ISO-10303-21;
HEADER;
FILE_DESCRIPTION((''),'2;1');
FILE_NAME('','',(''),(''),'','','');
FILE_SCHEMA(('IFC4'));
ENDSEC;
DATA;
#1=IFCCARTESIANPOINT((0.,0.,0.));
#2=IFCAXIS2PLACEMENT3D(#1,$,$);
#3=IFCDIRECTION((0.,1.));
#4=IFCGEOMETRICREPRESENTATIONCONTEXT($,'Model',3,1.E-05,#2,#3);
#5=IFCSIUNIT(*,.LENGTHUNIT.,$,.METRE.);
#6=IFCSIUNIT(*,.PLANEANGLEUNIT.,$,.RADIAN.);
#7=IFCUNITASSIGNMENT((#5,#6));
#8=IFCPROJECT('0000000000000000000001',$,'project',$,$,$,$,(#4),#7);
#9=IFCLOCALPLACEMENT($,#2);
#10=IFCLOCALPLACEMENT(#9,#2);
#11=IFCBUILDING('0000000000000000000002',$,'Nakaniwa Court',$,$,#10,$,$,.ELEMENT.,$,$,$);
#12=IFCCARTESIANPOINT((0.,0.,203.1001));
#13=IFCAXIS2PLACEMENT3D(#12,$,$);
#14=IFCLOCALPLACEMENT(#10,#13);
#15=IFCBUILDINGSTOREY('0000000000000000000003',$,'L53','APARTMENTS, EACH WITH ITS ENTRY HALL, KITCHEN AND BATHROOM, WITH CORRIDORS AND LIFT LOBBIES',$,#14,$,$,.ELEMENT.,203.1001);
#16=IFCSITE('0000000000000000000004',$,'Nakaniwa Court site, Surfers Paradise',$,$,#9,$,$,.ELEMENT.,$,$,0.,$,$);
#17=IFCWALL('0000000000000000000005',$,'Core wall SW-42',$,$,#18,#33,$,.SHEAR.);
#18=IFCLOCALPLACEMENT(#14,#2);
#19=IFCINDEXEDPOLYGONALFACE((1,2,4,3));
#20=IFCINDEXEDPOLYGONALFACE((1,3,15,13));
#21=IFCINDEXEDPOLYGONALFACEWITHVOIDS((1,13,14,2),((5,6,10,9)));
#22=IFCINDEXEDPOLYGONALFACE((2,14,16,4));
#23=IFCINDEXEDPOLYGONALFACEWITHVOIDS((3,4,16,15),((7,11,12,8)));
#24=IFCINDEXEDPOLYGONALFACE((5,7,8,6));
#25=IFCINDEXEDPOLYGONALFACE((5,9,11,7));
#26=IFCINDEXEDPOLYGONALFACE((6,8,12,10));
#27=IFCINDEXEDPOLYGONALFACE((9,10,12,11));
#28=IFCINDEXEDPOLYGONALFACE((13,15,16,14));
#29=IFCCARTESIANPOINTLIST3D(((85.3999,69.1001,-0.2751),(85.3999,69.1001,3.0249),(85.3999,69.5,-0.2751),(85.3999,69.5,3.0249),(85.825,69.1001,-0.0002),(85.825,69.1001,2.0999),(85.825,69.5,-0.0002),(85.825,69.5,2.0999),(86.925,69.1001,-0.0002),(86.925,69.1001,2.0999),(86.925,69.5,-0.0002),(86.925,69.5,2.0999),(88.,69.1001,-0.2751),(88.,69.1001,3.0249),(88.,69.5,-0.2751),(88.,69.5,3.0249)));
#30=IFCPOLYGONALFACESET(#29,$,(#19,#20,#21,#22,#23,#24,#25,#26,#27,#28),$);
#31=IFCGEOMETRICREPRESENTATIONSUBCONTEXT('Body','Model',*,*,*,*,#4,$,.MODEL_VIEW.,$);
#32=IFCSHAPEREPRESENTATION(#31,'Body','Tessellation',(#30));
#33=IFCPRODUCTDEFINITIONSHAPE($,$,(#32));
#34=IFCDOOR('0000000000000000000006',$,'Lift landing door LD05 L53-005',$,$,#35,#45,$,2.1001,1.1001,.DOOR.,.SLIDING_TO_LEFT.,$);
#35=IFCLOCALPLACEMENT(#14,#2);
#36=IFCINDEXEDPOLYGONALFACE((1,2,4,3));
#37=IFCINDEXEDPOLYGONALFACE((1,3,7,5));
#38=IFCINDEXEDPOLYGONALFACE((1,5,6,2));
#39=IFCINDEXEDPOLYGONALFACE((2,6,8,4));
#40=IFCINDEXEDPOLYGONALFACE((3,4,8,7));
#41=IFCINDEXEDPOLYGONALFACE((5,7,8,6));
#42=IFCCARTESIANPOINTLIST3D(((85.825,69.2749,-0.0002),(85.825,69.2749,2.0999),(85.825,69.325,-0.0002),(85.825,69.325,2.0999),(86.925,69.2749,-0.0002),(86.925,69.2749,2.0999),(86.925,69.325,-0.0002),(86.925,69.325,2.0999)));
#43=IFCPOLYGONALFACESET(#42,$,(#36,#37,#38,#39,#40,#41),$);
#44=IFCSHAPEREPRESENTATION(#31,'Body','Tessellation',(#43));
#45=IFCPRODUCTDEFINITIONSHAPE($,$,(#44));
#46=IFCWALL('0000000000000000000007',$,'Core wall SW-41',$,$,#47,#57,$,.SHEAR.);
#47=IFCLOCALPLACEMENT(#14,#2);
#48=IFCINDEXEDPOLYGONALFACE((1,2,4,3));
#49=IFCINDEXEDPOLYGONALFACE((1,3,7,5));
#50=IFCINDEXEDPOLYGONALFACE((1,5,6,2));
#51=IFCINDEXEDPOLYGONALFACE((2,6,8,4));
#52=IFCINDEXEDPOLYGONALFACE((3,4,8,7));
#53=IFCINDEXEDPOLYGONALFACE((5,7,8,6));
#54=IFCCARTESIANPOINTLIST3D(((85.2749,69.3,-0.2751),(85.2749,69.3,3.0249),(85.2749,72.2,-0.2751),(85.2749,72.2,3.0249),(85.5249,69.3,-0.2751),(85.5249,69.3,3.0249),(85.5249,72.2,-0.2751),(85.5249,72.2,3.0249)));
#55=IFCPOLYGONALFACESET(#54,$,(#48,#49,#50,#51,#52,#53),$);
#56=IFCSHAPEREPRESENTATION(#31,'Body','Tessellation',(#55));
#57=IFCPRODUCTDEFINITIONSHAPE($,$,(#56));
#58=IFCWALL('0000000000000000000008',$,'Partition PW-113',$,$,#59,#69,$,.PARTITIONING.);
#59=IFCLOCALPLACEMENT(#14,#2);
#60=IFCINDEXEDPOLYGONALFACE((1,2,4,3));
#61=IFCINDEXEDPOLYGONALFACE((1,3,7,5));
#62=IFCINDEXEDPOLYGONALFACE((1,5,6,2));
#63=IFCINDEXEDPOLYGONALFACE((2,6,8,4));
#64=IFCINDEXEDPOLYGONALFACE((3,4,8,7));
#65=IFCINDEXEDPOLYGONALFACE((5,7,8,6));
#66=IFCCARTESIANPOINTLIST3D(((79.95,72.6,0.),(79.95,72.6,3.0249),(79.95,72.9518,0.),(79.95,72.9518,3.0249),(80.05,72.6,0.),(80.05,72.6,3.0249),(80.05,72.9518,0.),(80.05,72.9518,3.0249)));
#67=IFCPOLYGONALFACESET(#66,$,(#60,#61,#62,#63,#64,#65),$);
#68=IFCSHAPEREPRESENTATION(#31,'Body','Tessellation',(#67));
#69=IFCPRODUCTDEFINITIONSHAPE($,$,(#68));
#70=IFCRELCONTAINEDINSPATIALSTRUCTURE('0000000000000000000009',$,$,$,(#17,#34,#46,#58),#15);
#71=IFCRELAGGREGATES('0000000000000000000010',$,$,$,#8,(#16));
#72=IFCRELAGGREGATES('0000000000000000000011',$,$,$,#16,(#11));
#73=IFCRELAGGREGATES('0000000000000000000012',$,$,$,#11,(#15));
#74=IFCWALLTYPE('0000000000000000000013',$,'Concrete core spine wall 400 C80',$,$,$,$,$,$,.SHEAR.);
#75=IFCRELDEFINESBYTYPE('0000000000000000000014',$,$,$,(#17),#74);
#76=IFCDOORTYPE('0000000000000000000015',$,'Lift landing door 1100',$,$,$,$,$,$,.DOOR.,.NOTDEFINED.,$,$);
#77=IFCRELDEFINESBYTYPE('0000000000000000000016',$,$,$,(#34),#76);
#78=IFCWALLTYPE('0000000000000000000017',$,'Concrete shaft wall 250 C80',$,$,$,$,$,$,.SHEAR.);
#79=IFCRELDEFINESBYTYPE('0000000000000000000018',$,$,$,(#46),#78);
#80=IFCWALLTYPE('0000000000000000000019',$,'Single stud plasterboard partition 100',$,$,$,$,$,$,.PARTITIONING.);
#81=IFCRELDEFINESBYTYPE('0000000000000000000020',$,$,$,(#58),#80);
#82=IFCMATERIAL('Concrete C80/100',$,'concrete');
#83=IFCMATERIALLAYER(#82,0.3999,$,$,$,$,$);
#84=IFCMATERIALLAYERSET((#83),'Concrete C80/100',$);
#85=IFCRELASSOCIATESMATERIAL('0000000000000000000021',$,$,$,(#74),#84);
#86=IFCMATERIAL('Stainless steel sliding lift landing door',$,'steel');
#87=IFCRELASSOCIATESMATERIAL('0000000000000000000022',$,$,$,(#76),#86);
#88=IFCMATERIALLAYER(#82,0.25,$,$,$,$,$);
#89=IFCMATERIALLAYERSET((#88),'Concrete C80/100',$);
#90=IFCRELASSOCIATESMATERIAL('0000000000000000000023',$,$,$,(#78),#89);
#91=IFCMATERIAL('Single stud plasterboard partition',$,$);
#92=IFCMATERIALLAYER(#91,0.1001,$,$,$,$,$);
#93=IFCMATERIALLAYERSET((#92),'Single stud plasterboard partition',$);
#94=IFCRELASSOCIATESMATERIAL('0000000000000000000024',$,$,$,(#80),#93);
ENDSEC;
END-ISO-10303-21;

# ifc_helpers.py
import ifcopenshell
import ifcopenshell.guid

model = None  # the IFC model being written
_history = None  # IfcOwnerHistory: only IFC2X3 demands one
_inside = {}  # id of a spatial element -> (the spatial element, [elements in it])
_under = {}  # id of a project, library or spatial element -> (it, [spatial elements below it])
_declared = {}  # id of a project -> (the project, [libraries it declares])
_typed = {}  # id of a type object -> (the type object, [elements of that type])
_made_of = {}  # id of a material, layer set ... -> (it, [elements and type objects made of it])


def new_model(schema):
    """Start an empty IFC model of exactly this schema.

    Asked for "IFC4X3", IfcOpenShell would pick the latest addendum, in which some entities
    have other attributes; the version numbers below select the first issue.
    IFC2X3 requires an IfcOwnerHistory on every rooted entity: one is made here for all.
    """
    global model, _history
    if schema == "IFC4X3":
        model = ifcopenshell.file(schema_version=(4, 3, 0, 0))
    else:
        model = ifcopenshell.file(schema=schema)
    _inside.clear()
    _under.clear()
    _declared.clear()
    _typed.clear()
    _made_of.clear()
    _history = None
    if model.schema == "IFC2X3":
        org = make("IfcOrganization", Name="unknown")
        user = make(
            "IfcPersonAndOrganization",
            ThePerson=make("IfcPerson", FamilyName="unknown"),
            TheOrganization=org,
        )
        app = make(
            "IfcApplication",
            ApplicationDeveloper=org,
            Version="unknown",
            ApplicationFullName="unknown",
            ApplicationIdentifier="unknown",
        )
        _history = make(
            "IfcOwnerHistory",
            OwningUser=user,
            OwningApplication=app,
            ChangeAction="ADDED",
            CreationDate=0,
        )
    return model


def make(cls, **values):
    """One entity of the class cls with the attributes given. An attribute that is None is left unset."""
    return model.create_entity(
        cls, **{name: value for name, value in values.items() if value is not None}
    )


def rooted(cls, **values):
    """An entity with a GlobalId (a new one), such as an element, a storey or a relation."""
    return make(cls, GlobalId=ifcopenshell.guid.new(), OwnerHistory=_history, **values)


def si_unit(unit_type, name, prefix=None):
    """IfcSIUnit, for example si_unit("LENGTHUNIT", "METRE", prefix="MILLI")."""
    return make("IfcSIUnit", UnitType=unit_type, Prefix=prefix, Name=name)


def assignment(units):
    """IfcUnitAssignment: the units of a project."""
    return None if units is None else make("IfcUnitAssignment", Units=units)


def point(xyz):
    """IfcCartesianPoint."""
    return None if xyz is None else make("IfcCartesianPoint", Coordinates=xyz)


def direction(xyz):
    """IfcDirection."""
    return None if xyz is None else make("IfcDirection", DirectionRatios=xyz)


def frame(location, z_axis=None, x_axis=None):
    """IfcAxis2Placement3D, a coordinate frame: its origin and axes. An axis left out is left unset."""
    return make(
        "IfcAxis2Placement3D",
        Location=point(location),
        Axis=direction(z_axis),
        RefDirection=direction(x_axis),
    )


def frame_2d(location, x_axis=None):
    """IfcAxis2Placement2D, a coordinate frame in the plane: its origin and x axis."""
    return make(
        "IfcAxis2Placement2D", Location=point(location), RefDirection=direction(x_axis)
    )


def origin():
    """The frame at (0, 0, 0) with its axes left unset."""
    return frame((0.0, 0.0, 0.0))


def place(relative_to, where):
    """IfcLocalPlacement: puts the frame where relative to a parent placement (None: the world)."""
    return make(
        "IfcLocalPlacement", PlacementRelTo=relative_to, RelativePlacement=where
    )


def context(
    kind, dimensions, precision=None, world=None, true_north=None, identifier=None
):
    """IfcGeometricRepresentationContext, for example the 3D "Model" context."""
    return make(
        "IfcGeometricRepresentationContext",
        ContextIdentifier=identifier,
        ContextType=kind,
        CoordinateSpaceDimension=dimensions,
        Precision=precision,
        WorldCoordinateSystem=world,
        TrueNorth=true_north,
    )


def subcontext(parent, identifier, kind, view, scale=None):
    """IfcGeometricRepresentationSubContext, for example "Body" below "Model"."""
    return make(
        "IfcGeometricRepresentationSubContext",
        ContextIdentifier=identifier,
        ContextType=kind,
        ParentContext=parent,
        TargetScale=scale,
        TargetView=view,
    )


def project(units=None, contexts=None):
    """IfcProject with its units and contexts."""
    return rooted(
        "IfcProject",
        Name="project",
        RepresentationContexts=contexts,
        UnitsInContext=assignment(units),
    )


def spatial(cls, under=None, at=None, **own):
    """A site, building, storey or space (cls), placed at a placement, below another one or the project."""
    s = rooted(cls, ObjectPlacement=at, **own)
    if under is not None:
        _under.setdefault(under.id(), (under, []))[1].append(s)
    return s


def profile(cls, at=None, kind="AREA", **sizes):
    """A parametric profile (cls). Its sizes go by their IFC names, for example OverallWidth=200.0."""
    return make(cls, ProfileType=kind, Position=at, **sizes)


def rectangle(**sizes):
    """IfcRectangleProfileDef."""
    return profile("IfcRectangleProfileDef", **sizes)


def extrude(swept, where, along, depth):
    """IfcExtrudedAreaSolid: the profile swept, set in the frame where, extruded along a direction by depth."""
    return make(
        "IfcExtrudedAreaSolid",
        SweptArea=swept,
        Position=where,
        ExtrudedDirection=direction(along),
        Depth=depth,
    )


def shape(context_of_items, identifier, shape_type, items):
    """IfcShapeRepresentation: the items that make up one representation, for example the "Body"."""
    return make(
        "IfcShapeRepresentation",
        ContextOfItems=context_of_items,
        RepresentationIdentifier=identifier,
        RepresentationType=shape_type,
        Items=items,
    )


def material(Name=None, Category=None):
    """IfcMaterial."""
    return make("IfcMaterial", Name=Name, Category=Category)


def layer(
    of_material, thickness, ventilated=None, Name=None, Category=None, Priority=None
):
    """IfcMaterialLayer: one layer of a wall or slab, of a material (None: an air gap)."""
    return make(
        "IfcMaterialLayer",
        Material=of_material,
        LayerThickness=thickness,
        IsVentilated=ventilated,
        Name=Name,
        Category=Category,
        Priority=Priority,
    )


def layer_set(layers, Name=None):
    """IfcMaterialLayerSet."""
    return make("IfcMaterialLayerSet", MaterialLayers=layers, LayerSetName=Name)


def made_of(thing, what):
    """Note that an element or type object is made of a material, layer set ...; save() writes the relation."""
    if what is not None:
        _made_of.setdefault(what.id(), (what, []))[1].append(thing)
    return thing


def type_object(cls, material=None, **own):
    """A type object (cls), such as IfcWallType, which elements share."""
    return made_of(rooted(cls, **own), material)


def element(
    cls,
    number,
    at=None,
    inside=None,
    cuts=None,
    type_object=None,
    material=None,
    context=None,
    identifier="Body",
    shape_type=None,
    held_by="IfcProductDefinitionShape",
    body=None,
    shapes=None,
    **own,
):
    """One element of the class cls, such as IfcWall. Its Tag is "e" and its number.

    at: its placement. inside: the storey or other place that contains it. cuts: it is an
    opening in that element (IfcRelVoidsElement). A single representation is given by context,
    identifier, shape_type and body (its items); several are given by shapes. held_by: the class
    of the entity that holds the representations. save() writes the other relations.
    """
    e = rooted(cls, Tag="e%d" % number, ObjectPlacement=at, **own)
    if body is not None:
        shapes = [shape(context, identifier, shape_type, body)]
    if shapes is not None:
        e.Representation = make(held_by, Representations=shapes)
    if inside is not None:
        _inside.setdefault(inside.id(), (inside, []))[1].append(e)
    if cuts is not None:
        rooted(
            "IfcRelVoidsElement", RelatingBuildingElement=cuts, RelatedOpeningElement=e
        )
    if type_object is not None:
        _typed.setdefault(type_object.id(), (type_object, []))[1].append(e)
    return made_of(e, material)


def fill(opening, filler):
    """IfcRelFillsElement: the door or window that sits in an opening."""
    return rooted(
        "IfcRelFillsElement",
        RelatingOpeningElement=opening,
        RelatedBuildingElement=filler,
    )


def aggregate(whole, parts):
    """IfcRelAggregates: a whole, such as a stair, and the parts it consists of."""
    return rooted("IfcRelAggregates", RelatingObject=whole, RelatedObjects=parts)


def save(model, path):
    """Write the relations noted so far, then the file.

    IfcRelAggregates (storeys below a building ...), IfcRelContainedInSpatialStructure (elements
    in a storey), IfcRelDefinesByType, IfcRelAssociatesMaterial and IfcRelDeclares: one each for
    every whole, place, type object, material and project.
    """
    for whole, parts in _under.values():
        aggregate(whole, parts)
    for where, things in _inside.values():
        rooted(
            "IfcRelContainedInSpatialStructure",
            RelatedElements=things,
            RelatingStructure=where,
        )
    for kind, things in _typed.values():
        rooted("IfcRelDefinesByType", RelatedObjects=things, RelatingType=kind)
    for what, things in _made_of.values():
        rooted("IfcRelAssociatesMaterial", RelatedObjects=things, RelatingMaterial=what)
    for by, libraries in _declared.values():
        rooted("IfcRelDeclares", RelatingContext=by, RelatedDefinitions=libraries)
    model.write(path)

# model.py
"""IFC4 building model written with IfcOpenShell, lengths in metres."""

from ifc_helpers import new_model, si_unit, direction, frame, frame_2d, origin, place, context, subcontext, project, spatial, rectangle, extrude, material, layer, layer_set, type_object, element, fill, save


model = new_model("IFC4")

# Units and contexts
model_context = context("Model", 3, precision=1e-05, world=origin(), true_north=direction((0.0, 1.0)))
body_context = subcontext(model_context, "Body", "Model", "MODEL_VIEW")
ifc_project = project(units=[si_unit("LENGTHUNIT", "METRE"), si_unit("PLANEANGLEUNIT", "RADIAN")], contexts=[model_context])

# Site, building, storey
site_placement = place(None, origin())
site = spatial("IfcSite", under=ifc_project, at=site_placement, Name="Nakaniwa Court site, Surfers Paradise", CompositionType="ELEMENT", RefElevation=0.0)
building_placement = place(site_placement, origin())
building = spatial("IfcBuilding", under=site, at=building_placement, Name="Nakaniwa Court", CompositionType="ELEMENT")
storey_placement = place(building_placement, frame((0.0, 0.0, 203.1001)))
storey = spatial("IfcBuildingStorey", under=building, at=storey_placement, Name="L53", Description="APARTMENTS, EACH WITH ITS ENTRY HALL, KITCHEN AND BATHROOM, WITH CORRIDORS AND LIFT LOBBIES", CompositionType="ELEMENT", Elevation=203.1001)

# Shared definitions
ifc_material_1 = material(Name="Concrete C80/100", Category="concrete")

# Wall, opening, door
ifc_layer_1 = layer(ifc_material_1, 0.3999)
ifc_layer_set_1 = layer_set([ifc_layer_1], Name="Concrete C80/100")
wall_type_1 = type_object("IfcWallType", Name="Concrete core spine wall 400 C80", PredefinedType="SHEAR", material=ifc_layer_set_1)
wall_1_placement = place(storey_placement, frame((85.3999, 69.3, -0.2751), z_axis=(0.0, 0.0, 1.0), x_axis=(1.0, 0.0, 0.0)))
wall_1 = element("IfcWall", 1, at=wall_1_placement, inside=storey, type_object=wall_type_1, Name="Core wall SW-42", PredefinedType="SHEAR", context=body_context, shape_type="SweptSolid", body=[
    extrude(rectangle(XDim=2.6001, YDim=0.3999, at=frame_2d((1.3, 0.0))), origin(), (0.0, 0.0, 1.0), 3.3),
])
opening_1_placement = place(wall_1_placement, frame((0.425, 0.0, 0.2749)))
opening_1 = element("IfcOpeningElement", 2, at=opening_1_placement, cuts=wall_1, PredefinedType="OPENING", context=body_context, shape_type="SweptSolid", body=[
    extrude(rectangle(XDim=1.1001, YDim=2.1001, at=frame_2d((0.55, 1.05))), frame((0.0, 0.21, 0.0), z_axis=(0.0, -1.0, 0.0), x_axis=(1.0, 0.0, 0.0)), (0.0, 0.0, 1.0), 0.4199),
])
ifc_material_2 = material(Name="Stainless steel sliding lift landing door", Category="steel")
door_type_1 = type_object("IfcDoorType", Name="Lift landing door 1100", OperationType="NOTDEFINED", PredefinedType="DOOR", material=ifc_material_2)
door_1_placement = place(opening_1_placement, origin())
door_1 = element("IfcDoor", 3, at=door_1_placement, inside=storey, type_object=door_type_1, Name="Lift landing door LD05 L53-005", OperationType="SLIDING_TO_LEFT", OverallHeight=2.1001, OverallWidth=1.1001, PredefinedType="DOOR", context=body_context, shape_type="SweptSolid", body=[
    extrude(rectangle(XDim=1.1001, YDim=2.1001, at=frame_2d((0.55, 1.05))), frame((0.0, 0.0249, 0.0), z_axis=(0.0, -1.0, 0.0), x_axis=(1.0, 0.0, 0.0)), (0.0, 0.0, 1.0), 0.05),
])
fill(opening_1, door_1)

# Walls
ifc_layer_2 = layer(ifc_material_1, 0.25)
ifc_layer_set_2 = layer_set([ifc_layer_2], Name="Concrete C80/100")
wall_type_2 = type_object("IfcWallType", Name="Concrete shaft wall 250 C80", PredefinedType="SHEAR", material=ifc_layer_set_2)
wall_2_placement = place(storey_placement, frame((85.3999, 69.3, -0.2751), z_axis=(0.0, 0.0, 1.0), x_axis=(0.0, 1.0, 0.0)))
element("IfcWall", 4, at=wall_2_placement, inside=storey, type_object=wall_type_2, Name="Core wall SW-41", PredefinedType="SHEAR", context=body_context, shape_type="SweptSolid", body=[
    extrude(rectangle(XDim=2.8999, YDim=0.25, at=frame_2d((1.45, 0.0))), origin(), (0.0, 0.0, 1.0), 3.3),
])
ifc_material_3 = material(Name="Single stud plasterboard partition")
ifc_layer_3 = layer(ifc_material_3, 0.1001)
ifc_layer_set_3 = layer_set([ifc_layer_3], Name="Single stud plasterboard partition")
wall_type_3 = type_object("IfcWallType", Name="Single stud plasterboard partition 100", PredefinedType="PARTITIONING", material=ifc_layer_set_3)
wall_3_placement = place(storey_placement, frame((80.0, 72.6001, 0.0), z_axis=(0.0, 0.0, 1.0), x_axis=(0.0, 1.0, 0.0)))
element("IfcWall", 5, at=wall_3_placement, inside=storey, type_object=wall_type_3, Name="Partition PW-113", PredefinedType="PARTITIONING", context=body_context, shape_type="SweptSolid", body=[
    extrude(rectangle(XDim=0.3518, YDim=0.1001, at=frame_2d((0.1758, 0.0))), origin(), (0.0, 0.0, 1.0), 3.0249),
])

save(model, "model.ifc")
